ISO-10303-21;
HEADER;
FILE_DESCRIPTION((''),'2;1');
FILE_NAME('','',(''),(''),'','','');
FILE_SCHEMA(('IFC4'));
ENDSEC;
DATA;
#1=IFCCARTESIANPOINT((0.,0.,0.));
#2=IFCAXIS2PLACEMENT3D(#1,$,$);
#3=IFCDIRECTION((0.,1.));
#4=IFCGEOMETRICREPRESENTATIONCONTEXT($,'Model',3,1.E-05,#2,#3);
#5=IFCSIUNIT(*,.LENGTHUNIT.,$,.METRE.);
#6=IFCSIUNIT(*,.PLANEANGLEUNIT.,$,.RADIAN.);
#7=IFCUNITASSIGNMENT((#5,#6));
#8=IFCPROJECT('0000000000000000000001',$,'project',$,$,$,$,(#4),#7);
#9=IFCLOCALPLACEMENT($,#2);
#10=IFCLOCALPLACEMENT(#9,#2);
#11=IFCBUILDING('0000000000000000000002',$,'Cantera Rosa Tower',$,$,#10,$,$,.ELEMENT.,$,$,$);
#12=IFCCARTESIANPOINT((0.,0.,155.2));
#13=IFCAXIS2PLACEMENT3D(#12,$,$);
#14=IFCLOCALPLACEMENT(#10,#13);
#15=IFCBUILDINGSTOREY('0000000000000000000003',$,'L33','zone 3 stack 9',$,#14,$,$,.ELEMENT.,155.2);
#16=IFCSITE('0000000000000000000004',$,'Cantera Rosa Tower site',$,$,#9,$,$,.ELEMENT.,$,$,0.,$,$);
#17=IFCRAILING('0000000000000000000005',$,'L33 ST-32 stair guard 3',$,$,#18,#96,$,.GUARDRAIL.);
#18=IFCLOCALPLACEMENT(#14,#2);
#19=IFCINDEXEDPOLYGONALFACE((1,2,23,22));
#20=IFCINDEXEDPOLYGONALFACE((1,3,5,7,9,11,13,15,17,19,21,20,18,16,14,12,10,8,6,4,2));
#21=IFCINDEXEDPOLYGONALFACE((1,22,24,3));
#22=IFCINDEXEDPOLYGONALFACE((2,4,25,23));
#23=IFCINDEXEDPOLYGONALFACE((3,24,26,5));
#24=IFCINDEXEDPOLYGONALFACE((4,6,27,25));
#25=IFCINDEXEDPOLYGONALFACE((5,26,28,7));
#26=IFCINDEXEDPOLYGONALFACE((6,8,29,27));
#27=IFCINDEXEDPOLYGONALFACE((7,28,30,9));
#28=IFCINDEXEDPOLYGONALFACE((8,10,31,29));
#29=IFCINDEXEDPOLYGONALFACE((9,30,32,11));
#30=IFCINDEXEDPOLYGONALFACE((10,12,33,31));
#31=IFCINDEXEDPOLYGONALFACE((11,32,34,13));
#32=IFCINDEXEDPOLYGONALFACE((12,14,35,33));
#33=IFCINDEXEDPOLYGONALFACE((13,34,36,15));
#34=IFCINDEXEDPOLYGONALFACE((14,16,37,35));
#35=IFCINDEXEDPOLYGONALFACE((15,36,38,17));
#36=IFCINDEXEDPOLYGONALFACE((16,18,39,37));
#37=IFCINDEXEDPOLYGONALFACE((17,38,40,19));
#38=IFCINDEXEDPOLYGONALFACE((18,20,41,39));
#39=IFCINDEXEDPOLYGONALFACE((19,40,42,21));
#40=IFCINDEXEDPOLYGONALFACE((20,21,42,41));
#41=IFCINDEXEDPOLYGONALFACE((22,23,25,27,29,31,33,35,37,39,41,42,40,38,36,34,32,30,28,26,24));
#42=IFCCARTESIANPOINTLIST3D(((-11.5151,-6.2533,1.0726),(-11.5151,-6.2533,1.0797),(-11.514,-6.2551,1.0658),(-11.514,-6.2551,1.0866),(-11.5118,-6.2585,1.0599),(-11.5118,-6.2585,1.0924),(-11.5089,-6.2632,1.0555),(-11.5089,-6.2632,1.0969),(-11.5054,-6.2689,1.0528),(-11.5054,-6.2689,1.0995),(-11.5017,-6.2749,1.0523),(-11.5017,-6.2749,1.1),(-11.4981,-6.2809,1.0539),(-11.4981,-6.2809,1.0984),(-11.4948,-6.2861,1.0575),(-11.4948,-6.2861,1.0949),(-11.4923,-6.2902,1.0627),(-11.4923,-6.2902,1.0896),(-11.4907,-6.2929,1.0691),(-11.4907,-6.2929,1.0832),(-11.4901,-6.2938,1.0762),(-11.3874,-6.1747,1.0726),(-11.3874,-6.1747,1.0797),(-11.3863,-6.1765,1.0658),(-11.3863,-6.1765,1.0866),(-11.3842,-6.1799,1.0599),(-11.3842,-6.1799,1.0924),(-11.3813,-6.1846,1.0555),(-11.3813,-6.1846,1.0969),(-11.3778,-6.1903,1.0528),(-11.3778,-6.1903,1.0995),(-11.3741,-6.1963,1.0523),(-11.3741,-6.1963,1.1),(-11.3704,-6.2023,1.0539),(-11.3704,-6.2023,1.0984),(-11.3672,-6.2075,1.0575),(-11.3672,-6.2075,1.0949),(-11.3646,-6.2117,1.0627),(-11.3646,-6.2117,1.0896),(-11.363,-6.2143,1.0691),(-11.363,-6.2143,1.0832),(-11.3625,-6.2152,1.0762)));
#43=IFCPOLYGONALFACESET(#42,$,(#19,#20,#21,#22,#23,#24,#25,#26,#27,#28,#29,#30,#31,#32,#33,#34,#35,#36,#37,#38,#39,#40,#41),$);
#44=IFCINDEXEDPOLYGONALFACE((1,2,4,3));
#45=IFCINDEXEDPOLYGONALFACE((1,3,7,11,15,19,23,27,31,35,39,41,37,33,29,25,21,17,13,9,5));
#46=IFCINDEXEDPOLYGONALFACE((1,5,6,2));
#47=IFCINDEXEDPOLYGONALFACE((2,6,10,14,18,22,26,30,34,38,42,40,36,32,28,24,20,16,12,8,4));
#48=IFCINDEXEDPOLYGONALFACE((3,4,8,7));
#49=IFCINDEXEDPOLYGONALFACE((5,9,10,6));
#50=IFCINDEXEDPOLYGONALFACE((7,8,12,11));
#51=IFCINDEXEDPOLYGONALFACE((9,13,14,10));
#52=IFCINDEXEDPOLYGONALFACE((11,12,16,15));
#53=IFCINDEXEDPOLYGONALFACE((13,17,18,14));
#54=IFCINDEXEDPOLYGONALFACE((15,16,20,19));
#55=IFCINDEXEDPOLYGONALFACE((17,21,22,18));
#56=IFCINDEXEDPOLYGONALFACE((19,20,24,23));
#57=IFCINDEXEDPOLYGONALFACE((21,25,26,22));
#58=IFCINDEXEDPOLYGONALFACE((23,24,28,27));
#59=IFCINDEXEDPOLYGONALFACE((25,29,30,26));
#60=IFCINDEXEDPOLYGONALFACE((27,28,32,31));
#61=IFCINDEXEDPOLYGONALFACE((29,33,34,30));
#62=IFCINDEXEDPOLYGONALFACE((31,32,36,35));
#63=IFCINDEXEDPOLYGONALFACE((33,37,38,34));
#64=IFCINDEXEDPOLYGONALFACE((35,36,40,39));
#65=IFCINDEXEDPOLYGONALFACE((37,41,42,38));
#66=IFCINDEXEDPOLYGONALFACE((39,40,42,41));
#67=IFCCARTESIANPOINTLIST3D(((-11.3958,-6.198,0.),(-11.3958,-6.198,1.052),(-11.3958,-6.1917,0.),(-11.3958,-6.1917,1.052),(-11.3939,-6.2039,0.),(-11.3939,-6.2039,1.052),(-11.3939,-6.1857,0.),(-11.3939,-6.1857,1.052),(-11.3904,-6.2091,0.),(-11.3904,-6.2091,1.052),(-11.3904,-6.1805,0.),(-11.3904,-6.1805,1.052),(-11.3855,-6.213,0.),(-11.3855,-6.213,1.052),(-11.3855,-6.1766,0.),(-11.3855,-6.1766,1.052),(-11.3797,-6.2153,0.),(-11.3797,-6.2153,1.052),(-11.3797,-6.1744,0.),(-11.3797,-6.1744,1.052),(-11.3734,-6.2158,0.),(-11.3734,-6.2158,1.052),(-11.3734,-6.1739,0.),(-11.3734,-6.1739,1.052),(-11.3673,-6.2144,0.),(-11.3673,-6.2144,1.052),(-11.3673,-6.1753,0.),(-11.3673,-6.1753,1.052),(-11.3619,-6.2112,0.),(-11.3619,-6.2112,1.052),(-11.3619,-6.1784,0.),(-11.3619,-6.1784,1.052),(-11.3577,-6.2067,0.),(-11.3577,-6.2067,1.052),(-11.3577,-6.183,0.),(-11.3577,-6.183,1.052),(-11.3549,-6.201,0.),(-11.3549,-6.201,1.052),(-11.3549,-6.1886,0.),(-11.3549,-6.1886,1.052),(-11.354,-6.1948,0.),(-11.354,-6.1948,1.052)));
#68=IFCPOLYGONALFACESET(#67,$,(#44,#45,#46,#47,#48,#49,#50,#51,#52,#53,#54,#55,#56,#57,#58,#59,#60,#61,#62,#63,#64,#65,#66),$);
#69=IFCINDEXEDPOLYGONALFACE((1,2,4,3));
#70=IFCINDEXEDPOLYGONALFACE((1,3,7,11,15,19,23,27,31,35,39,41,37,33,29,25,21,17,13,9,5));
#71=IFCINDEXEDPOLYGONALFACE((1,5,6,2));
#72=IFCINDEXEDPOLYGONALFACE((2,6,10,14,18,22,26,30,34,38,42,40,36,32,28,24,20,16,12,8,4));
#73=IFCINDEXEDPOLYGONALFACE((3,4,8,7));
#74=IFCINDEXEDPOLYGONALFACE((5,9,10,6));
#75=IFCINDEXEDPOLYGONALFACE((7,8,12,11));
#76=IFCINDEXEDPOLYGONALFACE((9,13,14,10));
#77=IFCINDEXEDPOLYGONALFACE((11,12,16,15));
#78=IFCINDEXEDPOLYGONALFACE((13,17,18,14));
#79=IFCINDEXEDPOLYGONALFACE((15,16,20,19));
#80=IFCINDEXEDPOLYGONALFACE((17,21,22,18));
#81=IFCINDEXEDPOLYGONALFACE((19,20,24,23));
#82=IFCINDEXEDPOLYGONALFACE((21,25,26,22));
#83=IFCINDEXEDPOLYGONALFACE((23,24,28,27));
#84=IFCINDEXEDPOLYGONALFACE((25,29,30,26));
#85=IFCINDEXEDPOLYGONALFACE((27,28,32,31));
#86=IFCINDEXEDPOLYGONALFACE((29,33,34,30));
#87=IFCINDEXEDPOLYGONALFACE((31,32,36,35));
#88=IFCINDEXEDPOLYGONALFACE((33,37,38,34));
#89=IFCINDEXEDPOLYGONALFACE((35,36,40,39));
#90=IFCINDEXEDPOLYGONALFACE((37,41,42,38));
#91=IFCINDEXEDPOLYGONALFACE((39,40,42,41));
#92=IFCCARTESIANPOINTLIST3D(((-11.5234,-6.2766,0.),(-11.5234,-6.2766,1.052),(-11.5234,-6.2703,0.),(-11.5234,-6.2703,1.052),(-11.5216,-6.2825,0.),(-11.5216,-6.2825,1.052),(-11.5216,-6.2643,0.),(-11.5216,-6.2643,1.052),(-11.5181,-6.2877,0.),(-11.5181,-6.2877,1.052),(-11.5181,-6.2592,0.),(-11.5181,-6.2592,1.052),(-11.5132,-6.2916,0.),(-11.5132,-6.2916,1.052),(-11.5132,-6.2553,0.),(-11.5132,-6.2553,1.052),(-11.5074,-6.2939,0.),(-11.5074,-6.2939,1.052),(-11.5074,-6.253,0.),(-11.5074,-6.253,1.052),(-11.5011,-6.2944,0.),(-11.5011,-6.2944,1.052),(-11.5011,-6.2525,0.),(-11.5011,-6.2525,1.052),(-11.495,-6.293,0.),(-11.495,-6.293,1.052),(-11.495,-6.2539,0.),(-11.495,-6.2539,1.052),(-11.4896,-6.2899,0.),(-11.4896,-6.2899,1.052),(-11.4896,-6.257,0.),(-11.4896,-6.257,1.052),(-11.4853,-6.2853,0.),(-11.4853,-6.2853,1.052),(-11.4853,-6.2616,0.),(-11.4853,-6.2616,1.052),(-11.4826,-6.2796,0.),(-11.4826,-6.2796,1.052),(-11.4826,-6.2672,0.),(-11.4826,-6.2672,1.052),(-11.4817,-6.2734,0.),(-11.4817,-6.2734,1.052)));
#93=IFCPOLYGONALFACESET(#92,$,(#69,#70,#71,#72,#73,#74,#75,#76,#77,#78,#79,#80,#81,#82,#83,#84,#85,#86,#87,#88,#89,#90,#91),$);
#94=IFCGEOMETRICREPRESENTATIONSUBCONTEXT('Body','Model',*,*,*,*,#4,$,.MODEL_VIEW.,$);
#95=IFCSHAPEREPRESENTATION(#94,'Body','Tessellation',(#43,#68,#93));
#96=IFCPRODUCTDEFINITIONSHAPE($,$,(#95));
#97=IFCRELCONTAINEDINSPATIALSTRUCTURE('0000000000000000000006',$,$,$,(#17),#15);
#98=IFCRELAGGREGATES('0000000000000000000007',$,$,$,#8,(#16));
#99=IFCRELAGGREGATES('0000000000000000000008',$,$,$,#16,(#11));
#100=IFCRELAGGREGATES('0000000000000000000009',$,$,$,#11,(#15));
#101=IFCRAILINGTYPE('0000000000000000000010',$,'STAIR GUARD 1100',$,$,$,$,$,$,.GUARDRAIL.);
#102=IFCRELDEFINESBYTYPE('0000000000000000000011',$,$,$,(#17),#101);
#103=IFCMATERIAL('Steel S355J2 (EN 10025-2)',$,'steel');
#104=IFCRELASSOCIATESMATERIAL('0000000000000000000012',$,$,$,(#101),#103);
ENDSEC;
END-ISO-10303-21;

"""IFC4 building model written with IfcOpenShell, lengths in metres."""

from ifc_helpers import new_model, si_unit, direction, frame, origin, origin_2d, place, context, subcontext, project, spatial, circle, extrude, material, type_object, element, save


model = new_model("IFC4")

# Units and contexts
model_context = context("Model", 3, precision=1e-05, world=origin(), true_north=direction((0.0, 1.0)))
body_context = subcontext(model_context, "Body", "Model", "MODEL_VIEW")
ifc_project = project(units=[si_unit("LENGTHUNIT", "METRE"), si_unit("PLANEANGLEUNIT", "RADIAN")], contexts=[model_context])

# Site, building, storey
site_placement = place(None, origin())
site = spatial("IfcSite", under=ifc_project, at=site_placement, Name="Cantera Rosa Tower site", CompositionType="ELEMENT", RefElevation=0.0)
building_placement = place(site_placement, origin())
building = spatial("IfcBuilding", under=site, at=building_placement, Name="Cantera Rosa Tower", CompositionType="ELEMENT")
storey_placement = place(building_placement, frame((0.0, 0.0, 155.2)))
storey = spatial("IfcBuildingStorey", under=building, at=storey_placement, Name="L33", Description="zone 3 stack 9", CompositionType="ELEMENT", Elevation=155.2)

# Railing
ifc_material_1 = material(Name="Steel S355J2 (EN 10025-2)", Category="steel")
railing_type_1 = type_object("IfcRailingType", Name="STAIR GUARD 1100", PredefinedType="GUARDRAIL", material=ifc_material_1)
railing_1_placement = place(storey_placement, frame((-11.375, -6.1948, 0.0)))
element("IfcRailing", 1, at=railing_1_placement, inside=storey, type_object=railing_type_1, Name="L33 ST-32 stair guard 3", PredefinedType="GUARDRAIL", context=body_context, shape_type="SweptSolid", body=[
    extrude(circle(Radius=0.0239, at=origin_2d()), frame((0.0, 0.0, 1.0762), z_axis=(-0.851546, -0.524279, 0.0), x_axis=(0.524279, -0.851546, 0.0)), (0.0, 0.0, 1.0), 0.1499),
    extrude(circle(Radius=0.021, at=origin_2d()), origin(), (0.0, 0.0, 1.0), 1.052),
    extrude(circle(Radius=0.021, at=origin_2d()), frame((-0.1277, -0.0786, 0.0)), (0.0, 0.0, 1.0), 1.052),
])

save(model, "model.ifc")
